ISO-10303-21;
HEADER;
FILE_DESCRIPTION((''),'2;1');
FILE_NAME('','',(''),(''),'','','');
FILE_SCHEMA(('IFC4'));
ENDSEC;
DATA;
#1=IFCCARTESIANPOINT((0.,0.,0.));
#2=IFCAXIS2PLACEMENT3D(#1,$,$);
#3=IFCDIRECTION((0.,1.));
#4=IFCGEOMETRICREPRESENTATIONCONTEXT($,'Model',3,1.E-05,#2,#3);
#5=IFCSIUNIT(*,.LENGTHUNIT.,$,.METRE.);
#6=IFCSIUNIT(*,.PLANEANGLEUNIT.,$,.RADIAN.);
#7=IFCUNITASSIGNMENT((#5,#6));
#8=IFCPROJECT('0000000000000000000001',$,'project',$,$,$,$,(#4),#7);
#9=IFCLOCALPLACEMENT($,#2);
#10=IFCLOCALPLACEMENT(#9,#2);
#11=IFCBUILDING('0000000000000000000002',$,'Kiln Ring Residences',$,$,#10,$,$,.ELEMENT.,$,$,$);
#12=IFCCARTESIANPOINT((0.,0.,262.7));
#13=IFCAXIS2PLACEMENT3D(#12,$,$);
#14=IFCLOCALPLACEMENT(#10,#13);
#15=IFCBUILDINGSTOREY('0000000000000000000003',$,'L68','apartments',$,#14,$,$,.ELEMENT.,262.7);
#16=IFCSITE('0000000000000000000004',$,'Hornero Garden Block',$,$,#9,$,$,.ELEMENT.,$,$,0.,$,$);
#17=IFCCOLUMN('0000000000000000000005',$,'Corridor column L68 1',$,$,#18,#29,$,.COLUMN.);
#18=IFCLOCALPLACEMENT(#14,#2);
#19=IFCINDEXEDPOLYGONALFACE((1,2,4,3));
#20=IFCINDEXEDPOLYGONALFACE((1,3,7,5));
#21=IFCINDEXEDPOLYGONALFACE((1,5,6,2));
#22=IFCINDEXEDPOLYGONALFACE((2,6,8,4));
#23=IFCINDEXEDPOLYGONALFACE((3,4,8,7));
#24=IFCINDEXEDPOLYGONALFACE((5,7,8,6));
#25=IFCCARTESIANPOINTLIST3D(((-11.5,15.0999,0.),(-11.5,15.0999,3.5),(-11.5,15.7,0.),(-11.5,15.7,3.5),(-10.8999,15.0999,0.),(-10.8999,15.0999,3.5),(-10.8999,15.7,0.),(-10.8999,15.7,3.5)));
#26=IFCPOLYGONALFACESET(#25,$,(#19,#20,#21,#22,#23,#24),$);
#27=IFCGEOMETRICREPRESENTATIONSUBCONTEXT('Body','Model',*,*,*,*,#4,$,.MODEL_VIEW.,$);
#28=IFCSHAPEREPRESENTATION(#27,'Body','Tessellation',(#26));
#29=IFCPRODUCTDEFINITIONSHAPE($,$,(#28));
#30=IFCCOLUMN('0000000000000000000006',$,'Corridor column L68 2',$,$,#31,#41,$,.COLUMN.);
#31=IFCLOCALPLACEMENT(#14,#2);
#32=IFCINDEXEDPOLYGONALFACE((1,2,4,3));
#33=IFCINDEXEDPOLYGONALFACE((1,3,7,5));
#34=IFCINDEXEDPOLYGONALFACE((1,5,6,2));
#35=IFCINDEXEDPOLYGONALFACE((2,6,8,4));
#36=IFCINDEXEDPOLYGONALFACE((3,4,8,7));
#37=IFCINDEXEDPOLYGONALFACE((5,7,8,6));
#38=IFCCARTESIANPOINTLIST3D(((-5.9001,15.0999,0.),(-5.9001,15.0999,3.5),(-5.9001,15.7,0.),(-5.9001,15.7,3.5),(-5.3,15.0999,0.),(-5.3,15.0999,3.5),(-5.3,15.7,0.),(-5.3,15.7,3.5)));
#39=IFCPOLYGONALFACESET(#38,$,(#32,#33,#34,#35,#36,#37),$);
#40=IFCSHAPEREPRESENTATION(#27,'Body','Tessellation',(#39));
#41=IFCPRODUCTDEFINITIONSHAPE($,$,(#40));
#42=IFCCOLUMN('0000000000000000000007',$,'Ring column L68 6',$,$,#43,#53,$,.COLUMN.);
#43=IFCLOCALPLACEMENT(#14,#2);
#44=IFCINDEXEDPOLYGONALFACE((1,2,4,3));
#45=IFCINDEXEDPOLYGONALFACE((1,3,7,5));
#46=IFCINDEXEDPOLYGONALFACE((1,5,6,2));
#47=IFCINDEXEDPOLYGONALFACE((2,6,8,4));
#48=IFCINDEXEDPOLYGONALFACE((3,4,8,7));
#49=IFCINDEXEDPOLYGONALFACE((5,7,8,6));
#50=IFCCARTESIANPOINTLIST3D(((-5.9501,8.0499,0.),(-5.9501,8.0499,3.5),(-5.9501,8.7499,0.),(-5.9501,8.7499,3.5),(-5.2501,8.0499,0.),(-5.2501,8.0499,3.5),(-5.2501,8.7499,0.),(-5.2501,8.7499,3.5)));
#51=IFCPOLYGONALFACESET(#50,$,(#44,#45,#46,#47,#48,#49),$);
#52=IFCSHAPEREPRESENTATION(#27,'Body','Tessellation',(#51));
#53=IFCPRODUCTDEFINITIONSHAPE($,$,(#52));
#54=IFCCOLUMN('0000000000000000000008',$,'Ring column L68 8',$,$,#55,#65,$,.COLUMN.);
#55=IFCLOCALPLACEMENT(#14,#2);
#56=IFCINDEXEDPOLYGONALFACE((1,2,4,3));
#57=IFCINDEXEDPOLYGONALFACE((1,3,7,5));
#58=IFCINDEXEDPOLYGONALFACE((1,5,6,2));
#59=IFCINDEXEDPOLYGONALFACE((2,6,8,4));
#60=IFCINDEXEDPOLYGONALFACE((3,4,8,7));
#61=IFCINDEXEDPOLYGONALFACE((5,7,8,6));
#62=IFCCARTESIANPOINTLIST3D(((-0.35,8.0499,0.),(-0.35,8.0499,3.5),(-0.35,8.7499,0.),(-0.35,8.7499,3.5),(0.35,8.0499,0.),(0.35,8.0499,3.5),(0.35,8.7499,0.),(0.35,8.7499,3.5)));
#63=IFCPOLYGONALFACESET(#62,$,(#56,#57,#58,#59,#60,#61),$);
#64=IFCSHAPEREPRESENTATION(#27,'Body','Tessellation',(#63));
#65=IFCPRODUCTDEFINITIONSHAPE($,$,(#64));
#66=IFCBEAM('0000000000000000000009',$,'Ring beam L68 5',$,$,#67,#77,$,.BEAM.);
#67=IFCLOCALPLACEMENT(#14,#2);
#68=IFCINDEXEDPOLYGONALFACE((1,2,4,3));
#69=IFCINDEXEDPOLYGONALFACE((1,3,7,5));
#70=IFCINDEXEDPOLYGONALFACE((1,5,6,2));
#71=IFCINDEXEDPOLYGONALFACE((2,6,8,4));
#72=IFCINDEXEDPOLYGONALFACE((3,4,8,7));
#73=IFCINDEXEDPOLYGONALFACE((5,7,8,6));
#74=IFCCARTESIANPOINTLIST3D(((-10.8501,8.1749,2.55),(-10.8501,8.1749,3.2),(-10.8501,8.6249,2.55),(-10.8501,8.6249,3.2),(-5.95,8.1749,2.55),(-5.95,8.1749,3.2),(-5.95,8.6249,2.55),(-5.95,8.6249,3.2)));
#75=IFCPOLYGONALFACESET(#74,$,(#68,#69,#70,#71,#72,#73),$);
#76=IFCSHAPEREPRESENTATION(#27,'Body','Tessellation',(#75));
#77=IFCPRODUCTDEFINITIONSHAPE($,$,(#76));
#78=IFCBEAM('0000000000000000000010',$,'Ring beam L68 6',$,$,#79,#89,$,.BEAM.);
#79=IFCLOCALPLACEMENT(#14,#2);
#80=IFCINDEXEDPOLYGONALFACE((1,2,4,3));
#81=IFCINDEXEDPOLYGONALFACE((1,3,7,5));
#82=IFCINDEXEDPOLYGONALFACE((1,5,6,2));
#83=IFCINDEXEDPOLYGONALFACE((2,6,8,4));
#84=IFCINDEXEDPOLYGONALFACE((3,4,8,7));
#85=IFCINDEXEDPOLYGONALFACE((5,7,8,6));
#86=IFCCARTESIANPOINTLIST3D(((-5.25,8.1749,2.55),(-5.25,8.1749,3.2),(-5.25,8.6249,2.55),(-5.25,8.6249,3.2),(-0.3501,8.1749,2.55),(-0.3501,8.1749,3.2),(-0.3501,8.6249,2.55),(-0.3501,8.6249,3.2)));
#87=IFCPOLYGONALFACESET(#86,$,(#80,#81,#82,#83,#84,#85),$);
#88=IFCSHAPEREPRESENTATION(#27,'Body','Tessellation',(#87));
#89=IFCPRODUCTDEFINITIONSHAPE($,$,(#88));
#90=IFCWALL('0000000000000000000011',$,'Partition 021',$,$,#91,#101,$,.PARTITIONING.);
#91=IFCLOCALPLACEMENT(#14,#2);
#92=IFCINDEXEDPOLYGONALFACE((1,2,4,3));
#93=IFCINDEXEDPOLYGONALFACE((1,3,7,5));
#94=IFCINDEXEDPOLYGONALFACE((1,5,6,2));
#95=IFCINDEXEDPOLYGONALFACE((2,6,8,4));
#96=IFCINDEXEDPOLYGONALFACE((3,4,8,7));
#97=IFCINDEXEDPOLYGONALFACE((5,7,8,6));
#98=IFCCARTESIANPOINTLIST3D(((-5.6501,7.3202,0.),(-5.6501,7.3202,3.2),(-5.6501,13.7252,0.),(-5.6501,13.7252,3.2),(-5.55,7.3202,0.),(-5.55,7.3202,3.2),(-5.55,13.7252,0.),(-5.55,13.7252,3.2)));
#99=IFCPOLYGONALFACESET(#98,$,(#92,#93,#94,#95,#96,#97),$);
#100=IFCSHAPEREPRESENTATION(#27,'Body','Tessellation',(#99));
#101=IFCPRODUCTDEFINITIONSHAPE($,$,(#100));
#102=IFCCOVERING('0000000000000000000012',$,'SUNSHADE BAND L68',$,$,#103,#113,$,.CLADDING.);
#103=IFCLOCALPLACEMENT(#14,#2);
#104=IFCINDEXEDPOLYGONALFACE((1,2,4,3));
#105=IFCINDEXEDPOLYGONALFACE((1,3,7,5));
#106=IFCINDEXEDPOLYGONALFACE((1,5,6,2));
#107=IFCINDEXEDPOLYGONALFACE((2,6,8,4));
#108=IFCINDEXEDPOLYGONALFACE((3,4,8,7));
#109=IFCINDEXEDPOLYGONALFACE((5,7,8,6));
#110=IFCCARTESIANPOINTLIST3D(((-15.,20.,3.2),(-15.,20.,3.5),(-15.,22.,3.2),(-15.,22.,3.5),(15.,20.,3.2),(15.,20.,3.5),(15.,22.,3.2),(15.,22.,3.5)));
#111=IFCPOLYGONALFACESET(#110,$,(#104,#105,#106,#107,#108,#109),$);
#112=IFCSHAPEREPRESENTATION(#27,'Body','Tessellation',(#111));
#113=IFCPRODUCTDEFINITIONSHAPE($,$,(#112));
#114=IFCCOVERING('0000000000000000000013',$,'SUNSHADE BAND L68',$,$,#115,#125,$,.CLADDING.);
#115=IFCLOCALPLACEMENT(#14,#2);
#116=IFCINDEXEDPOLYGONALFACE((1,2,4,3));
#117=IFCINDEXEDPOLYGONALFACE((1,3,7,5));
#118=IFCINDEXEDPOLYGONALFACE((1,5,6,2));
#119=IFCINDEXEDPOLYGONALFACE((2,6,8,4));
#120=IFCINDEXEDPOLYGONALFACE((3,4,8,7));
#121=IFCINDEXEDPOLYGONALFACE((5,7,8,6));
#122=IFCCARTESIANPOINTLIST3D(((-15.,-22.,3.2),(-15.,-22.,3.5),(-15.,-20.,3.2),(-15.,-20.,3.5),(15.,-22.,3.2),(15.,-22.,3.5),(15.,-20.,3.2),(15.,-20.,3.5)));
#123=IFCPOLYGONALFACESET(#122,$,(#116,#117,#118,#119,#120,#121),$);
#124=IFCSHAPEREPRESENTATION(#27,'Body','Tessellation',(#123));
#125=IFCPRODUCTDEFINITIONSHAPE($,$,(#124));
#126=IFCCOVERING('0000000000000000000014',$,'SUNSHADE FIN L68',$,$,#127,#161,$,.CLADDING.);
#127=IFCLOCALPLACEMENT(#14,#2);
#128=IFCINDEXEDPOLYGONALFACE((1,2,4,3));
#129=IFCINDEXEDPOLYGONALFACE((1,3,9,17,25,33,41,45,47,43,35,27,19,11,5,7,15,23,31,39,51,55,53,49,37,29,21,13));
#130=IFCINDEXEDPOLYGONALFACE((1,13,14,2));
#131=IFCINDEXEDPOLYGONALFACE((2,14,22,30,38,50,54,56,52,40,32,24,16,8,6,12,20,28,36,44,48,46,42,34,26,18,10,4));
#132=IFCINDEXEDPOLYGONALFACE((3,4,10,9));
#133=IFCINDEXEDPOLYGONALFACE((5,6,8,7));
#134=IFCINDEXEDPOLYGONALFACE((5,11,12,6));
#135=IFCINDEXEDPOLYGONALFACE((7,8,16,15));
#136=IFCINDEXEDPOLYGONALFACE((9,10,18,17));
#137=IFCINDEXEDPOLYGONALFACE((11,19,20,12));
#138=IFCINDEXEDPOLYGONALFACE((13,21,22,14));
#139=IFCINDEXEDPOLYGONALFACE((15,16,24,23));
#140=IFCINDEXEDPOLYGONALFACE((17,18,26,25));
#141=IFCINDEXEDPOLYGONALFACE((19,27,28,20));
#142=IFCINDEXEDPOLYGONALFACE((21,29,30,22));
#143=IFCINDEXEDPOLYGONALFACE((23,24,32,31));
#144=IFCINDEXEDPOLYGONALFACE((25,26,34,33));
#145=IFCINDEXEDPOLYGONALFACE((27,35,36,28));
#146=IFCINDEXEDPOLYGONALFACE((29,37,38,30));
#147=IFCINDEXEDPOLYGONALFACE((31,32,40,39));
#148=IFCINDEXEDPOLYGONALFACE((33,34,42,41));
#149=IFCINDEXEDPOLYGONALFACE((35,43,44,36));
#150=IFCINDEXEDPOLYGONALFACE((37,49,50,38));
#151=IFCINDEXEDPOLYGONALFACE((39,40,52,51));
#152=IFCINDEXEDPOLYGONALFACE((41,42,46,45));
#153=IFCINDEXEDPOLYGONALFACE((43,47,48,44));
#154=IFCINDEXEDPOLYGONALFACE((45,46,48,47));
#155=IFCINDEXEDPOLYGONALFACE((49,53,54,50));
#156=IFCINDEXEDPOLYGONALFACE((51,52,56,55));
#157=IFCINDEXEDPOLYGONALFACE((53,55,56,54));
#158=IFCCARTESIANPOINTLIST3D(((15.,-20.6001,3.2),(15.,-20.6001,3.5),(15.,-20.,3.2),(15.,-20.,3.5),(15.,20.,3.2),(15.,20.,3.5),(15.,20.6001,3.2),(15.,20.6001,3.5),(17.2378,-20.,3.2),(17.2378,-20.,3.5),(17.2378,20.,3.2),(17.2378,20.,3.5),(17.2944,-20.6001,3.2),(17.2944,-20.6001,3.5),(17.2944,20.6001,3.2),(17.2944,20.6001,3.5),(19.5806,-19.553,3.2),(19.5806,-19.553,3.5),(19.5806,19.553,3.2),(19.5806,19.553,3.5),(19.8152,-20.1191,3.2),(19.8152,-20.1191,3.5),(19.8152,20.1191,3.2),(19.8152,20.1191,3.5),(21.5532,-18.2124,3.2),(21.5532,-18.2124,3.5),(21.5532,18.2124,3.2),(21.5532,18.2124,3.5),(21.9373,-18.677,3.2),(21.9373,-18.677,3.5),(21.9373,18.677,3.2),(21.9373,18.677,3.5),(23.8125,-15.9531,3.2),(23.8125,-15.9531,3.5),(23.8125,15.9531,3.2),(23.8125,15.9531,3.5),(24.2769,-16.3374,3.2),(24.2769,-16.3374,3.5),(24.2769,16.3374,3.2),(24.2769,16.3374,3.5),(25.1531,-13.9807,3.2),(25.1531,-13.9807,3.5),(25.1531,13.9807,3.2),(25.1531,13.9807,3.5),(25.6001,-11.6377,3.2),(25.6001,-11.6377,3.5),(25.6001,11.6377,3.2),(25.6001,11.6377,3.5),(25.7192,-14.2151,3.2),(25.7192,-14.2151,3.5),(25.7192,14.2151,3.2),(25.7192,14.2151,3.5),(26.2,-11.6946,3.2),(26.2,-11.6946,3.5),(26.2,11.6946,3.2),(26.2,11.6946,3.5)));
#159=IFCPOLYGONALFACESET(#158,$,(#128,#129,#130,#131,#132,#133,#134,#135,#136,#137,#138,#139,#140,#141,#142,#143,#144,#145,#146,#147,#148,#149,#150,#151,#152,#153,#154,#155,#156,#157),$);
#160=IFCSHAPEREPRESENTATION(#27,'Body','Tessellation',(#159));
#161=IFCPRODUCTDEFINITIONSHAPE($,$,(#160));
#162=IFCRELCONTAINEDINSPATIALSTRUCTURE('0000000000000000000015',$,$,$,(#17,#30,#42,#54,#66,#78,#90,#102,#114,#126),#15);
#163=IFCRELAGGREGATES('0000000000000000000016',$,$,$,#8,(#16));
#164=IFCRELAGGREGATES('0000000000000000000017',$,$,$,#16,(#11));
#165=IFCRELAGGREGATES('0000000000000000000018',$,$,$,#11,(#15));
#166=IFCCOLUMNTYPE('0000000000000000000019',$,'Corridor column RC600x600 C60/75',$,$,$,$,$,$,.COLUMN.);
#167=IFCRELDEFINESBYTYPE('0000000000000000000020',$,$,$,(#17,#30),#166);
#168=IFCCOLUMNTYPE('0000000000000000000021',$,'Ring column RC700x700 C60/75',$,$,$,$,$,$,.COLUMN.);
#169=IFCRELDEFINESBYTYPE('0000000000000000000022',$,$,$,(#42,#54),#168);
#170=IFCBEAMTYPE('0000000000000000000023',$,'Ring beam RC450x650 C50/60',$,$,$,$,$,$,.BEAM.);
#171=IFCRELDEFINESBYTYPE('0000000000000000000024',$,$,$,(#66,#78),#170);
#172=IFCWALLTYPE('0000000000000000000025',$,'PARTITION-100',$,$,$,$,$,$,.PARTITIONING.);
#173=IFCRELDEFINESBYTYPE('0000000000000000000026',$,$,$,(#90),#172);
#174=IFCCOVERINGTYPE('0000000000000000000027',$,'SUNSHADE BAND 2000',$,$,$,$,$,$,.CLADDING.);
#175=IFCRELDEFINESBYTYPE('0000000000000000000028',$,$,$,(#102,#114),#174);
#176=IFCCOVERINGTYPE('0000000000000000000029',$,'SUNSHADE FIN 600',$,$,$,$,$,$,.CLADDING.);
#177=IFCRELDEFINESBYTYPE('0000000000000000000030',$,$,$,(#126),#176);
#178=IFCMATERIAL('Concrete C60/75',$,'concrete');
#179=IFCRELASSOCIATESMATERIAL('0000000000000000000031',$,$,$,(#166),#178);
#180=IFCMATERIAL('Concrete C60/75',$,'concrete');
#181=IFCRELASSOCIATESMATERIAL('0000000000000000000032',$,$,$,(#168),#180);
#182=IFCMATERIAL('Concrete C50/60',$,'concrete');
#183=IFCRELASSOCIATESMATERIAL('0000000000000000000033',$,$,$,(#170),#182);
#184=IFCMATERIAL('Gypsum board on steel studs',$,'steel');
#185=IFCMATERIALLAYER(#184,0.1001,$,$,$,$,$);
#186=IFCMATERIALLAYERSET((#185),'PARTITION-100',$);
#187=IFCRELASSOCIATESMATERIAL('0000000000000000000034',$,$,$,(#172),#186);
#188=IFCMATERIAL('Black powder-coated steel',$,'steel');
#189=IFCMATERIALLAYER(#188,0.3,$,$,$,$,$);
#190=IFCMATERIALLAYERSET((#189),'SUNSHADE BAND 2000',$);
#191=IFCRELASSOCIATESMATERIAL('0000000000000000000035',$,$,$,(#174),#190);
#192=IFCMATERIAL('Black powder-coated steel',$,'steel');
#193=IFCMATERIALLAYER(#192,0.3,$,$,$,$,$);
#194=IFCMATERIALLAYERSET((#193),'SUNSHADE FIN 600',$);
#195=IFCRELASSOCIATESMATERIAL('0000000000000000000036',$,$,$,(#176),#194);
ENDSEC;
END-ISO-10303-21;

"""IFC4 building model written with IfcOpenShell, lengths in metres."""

from ifc_helpers import new_model, si_unit, direction, frame, frame_2d, origin, origin_2d, place, context, subcontext, project, spatial, polyline, rectangle, outline, extrude, material, layer, layer_set, material_profile, profile_set, type_object, element, save


model = new_model("IFC4")

# Units and contexts
model_context = context("Model", 3, precision=1e-05, world=origin(), true_north=direction((0.0, 1.0)))
body_context = subcontext(model_context, "Body", "Model", "MODEL_VIEW")
ifc_project = project(units=[si_unit("LENGTHUNIT", "METRE"), si_unit("PLANEANGLEUNIT", "RADIAN")], contexts=[model_context])

# Site, building, storey
site_placement = place(None, origin())
site = spatial("IfcSite", under=ifc_project, at=site_placement, Name="Hornero Garden Block", CompositionType="ELEMENT", RefElevation=0.0)
building_placement = place(site_placement, origin())
building = spatial("IfcBuilding", under=site, at=building_placement, Name="Kiln Ring Residences", CompositionType="ELEMENT")
storey_placement = place(building_placement, frame((0.0, 0.0, 262.7)))
storey = spatial("IfcBuildingStorey", under=building, at=storey_placement, Name="L68", Description="apartments", CompositionType="ELEMENT", Elevation=262.7)

# Columns
ifc_material_1 = material(Name="Concrete C60/75", Category="concrete")
ifc_material_profile_1 = material_profile(ifc_material_1, rectangle(XDim=0.6001, YDim=0.6001, at=origin_2d()), Name="RC600x600")
ifc_profile_set_1 = profile_set([ifc_material_profile_1], Name="Concrete C60/75")
column_type_1 = type_object("IfcColumnType", Name="Corridor column RC600x600 C60/75", PredefinedType="COLUMN", material=ifc_profile_set_1)
for number, where, z_axis, x_axis, name in (
    (1, (-11.2, 15.3999, 0.0), (0.0, 0.0, 1.0), (1.0, 0.0, 0.0), "Corridor column L68 1"),
    (2, (-5.6001, 15.3999, 0.0), (0.0, 0.0, 1.0), (1.0, 0.0, 0.0), "Corridor column L68 2"),
):
    element("IfcColumn", number, at=place(storey_placement, frame(where, z_axis=z_axis, x_axis=x_axis)), inside=storey, type_object=column_type_1, Name=name, PredefinedType="COLUMN", context=body_context, shape_type="SweptSolid", body=[
        extrude(rectangle(XDim=0.6001, YDim=0.6001, at=origin_2d()), origin(), (0.0, 0.0, 1.0), 3.5),
    ])
ifc_material_2 = material(Name="Concrete C60/75", Category="concrete")
ifc_material_profile_2 = material_profile(ifc_material_2, rectangle(XDim=0.7, YDim=0.7, at=origin_2d()), Name="RC700x700")
ifc_profile_set_2 = profile_set([ifc_material_profile_2], Name="Concrete C60/75")
column_type_2 = type_object("IfcColumnType", Name="Ring column RC700x700 C60/75", PredefinedType="COLUMN", material=ifc_profile_set_2)
for number, where, z_axis, x_axis, name in (
    (3, (-5.6001, 8.3999, 0.0), (0.0, 0.0, 1.0), (1.0, 0.0, 0.0), "Ring column L68 6"),
    (4, (0.0, 8.3999, 0.0), (0.0, 0.0, 1.0), (1.0, 0.0, 0.0), "Ring column L68 8"),
):
    element("IfcColumn", number, at=place(storey_placement, frame(where, z_axis=z_axis, x_axis=x_axis)), inside=storey, type_object=column_type_2, Name=name, PredefinedType="COLUMN", context=body_context, shape_type="SweptSolid", body=[
        extrude(rectangle(XDim=0.7, YDim=0.7, at=origin_2d()), origin(), (0.0, 0.0, 1.0), 3.5),
    ])

# Beams
ifc_material_3 = material(Name="Concrete C50/60", Category="concrete")
ifc_material_profile_3 = material_profile(ifc_material_3, rectangle(XDim=0.45, YDim=0.6499, at=origin_2d()), Name="RC450x650")
ifc_profile_set_3 = profile_set([ifc_material_profile_3], Name="Concrete C50/60")
beam_type = type_object("IfcBeamType", Name="Ring beam RC450x650 C50/60", PredefinedType="BEAM", material=ifc_profile_set_3)
beam_1_placement = place(storey_placement, frame((-10.8501, 8.3999, 2.875), z_axis=(1.0, 0.0, 0.0), x_axis=(0.0, 1.0, 0.0)))
element("IfcBeam", 5, at=beam_1_placement, inside=storey, type_object=beam_type, Name="Ring beam L68 5", PredefinedType="BEAM", context=body_context, shape_type="SweptSolid", body=[
    extrude(rectangle(XDim=0.45, YDim=0.6499, at=origin_2d()), origin(), (0.0, 0.0, 1.0), 4.9001),
])
beam_2_placement = place(storey_placement, frame((-5.25, 8.3999, 2.875), z_axis=(1.0, 0.0, 0.0), x_axis=(0.0, 1.0, 0.0)))
element("IfcBeam", 6, at=beam_2_placement, inside=storey, type_object=beam_type, Name="Ring beam L68 6", PredefinedType="BEAM", context=body_context, shape_type="SweptSolid", body=[
    extrude(rectangle(XDim=0.45, YDim=0.6499, at=origin_2d()), origin(), (0.0, 0.0, 1.0), 4.8999),
])

# Wall
ifc_material_4 = material(Name="Gypsum board on steel studs", Category="steel")
ifc_layer_1 = layer(ifc_material_4, 0.1001)
ifc_layer_set_1 = layer_set([ifc_layer_1], Name="PARTITION-100")
wall_type = type_object("IfcWallType", Name="PARTITION-100", PredefinedType="PARTITIONING", material=ifc_layer_set_1)
wall_placement = place(storey_placement, frame((-5.6001, 7.3201, 0.0), z_axis=(0.0, 0.0, 1.0), x_axis=(0.0, 1.0, 0.0)))
element("IfcWall", 7, at=wall_placement, inside=storey, type_object=wall_type, Name="Partition 021", PredefinedType="PARTITIONING", context=body_context, shape_type="SweptSolid", body=[
    extrude(rectangle(XDim=6.405, YDim=0.1001, at=frame_2d((3.2026, 0.0))), origin(), (0.0, 0.0, 1.0), 3.2),
])

# Coverings
ifc_material_5 = material(Name="Black powder-coated steel", Category="steel")
ifc_layer_2 = layer(ifc_material_5, 0.3)
ifc_layer_set_2 = layer_set([ifc_layer_2], Name="SUNSHADE BAND 2000")
covering_type_1 = type_object("IfcCoveringType", Name="SUNSHADE BAND 2000", PredefinedType="CLADDING", material=ifc_layer_set_2)
placement = place(storey_placement, frame((0.0, 0.0, 3.2)))
element("IfcCovering", 8, at=placement, inside=storey, type_object=covering_type_1, Name="SUNSHADE BAND L68", PredefinedType="CLADDING", context=body_context, shape_type="SweptSolid", body=[
    extrude(outline(polyline([(15.0, 22.0), (-15.0, 22.0), (-15.0, 20.0), (15.0, 20.0), (15.0, 22.0)])), origin(), (0.0, 0.0, 1.0), 0.3),
])
element("IfcCovering", 9, at=placement, inside=storey, type_object=covering_type_1, Name="SUNSHADE BAND L68", PredefinedType="CLADDING", context=body_context, shape_type="SweptSolid", body=[
    extrude(outline(polyline([(-15.0, -22.0), (15.0, -22.0), (15.0, -20.0), (-15.0, -20.0), (-15.0, -22.0)])), origin(), (0.0, 0.0, 1.0), 0.3),
])
ifc_material_6 = material(Name="Black powder-coated steel", Category="steel")
ifc_layer_3 = layer(ifc_material_6, 0.3)
ifc_layer_set_3 = layer_set([ifc_layer_3], Name="SUNSHADE FIN 600")
covering_type_2 = type_object("IfcCoveringType", Name="SUNSHADE FIN 600", PredefinedType="CLADDING", material=ifc_layer_set_3)
element("IfcCovering", 10, at=placement, inside=storey, type_object=covering_type_2, Name="SUNSHADE FIN L68", PredefinedType="CLADDING", context=body_context, shape_type="SweptSolid", body=[
    extrude(outline(polyline([(17.2944, 20.6001), (15.0, 20.6001), (15.0, 20.0), (17.2378, 20.0), (19.5806, 19.553), (21.5532, 18.2124), (23.8125, 15.9531), (25.1531, 13.9807), (25.6001, 11.6377), (25.6001, -11.6377), (25.1531, -13.9807), (23.8125, -15.9531), (21.5532, -18.2124), (19.5806, -19.553), (17.2378, -20.0), (15.0, -20.0), (15.0, -20.6001), (17.2944, -20.6001), (19.8152, -20.1191), (21.9373, -18.677), (24.2769, -16.3374), (25.7192, -14.2151), (26.2, -11.6946), (26.2, 11.6946), (25.7192, 14.2151), (24.2769, 16.3374), (21.9373, 18.677), (19.8152, 20.1191), (17.2944, 20.6001)])), origin(), (0.0, 0.0, 1.0), 0.3),
])

save(model, "model.ifc")
